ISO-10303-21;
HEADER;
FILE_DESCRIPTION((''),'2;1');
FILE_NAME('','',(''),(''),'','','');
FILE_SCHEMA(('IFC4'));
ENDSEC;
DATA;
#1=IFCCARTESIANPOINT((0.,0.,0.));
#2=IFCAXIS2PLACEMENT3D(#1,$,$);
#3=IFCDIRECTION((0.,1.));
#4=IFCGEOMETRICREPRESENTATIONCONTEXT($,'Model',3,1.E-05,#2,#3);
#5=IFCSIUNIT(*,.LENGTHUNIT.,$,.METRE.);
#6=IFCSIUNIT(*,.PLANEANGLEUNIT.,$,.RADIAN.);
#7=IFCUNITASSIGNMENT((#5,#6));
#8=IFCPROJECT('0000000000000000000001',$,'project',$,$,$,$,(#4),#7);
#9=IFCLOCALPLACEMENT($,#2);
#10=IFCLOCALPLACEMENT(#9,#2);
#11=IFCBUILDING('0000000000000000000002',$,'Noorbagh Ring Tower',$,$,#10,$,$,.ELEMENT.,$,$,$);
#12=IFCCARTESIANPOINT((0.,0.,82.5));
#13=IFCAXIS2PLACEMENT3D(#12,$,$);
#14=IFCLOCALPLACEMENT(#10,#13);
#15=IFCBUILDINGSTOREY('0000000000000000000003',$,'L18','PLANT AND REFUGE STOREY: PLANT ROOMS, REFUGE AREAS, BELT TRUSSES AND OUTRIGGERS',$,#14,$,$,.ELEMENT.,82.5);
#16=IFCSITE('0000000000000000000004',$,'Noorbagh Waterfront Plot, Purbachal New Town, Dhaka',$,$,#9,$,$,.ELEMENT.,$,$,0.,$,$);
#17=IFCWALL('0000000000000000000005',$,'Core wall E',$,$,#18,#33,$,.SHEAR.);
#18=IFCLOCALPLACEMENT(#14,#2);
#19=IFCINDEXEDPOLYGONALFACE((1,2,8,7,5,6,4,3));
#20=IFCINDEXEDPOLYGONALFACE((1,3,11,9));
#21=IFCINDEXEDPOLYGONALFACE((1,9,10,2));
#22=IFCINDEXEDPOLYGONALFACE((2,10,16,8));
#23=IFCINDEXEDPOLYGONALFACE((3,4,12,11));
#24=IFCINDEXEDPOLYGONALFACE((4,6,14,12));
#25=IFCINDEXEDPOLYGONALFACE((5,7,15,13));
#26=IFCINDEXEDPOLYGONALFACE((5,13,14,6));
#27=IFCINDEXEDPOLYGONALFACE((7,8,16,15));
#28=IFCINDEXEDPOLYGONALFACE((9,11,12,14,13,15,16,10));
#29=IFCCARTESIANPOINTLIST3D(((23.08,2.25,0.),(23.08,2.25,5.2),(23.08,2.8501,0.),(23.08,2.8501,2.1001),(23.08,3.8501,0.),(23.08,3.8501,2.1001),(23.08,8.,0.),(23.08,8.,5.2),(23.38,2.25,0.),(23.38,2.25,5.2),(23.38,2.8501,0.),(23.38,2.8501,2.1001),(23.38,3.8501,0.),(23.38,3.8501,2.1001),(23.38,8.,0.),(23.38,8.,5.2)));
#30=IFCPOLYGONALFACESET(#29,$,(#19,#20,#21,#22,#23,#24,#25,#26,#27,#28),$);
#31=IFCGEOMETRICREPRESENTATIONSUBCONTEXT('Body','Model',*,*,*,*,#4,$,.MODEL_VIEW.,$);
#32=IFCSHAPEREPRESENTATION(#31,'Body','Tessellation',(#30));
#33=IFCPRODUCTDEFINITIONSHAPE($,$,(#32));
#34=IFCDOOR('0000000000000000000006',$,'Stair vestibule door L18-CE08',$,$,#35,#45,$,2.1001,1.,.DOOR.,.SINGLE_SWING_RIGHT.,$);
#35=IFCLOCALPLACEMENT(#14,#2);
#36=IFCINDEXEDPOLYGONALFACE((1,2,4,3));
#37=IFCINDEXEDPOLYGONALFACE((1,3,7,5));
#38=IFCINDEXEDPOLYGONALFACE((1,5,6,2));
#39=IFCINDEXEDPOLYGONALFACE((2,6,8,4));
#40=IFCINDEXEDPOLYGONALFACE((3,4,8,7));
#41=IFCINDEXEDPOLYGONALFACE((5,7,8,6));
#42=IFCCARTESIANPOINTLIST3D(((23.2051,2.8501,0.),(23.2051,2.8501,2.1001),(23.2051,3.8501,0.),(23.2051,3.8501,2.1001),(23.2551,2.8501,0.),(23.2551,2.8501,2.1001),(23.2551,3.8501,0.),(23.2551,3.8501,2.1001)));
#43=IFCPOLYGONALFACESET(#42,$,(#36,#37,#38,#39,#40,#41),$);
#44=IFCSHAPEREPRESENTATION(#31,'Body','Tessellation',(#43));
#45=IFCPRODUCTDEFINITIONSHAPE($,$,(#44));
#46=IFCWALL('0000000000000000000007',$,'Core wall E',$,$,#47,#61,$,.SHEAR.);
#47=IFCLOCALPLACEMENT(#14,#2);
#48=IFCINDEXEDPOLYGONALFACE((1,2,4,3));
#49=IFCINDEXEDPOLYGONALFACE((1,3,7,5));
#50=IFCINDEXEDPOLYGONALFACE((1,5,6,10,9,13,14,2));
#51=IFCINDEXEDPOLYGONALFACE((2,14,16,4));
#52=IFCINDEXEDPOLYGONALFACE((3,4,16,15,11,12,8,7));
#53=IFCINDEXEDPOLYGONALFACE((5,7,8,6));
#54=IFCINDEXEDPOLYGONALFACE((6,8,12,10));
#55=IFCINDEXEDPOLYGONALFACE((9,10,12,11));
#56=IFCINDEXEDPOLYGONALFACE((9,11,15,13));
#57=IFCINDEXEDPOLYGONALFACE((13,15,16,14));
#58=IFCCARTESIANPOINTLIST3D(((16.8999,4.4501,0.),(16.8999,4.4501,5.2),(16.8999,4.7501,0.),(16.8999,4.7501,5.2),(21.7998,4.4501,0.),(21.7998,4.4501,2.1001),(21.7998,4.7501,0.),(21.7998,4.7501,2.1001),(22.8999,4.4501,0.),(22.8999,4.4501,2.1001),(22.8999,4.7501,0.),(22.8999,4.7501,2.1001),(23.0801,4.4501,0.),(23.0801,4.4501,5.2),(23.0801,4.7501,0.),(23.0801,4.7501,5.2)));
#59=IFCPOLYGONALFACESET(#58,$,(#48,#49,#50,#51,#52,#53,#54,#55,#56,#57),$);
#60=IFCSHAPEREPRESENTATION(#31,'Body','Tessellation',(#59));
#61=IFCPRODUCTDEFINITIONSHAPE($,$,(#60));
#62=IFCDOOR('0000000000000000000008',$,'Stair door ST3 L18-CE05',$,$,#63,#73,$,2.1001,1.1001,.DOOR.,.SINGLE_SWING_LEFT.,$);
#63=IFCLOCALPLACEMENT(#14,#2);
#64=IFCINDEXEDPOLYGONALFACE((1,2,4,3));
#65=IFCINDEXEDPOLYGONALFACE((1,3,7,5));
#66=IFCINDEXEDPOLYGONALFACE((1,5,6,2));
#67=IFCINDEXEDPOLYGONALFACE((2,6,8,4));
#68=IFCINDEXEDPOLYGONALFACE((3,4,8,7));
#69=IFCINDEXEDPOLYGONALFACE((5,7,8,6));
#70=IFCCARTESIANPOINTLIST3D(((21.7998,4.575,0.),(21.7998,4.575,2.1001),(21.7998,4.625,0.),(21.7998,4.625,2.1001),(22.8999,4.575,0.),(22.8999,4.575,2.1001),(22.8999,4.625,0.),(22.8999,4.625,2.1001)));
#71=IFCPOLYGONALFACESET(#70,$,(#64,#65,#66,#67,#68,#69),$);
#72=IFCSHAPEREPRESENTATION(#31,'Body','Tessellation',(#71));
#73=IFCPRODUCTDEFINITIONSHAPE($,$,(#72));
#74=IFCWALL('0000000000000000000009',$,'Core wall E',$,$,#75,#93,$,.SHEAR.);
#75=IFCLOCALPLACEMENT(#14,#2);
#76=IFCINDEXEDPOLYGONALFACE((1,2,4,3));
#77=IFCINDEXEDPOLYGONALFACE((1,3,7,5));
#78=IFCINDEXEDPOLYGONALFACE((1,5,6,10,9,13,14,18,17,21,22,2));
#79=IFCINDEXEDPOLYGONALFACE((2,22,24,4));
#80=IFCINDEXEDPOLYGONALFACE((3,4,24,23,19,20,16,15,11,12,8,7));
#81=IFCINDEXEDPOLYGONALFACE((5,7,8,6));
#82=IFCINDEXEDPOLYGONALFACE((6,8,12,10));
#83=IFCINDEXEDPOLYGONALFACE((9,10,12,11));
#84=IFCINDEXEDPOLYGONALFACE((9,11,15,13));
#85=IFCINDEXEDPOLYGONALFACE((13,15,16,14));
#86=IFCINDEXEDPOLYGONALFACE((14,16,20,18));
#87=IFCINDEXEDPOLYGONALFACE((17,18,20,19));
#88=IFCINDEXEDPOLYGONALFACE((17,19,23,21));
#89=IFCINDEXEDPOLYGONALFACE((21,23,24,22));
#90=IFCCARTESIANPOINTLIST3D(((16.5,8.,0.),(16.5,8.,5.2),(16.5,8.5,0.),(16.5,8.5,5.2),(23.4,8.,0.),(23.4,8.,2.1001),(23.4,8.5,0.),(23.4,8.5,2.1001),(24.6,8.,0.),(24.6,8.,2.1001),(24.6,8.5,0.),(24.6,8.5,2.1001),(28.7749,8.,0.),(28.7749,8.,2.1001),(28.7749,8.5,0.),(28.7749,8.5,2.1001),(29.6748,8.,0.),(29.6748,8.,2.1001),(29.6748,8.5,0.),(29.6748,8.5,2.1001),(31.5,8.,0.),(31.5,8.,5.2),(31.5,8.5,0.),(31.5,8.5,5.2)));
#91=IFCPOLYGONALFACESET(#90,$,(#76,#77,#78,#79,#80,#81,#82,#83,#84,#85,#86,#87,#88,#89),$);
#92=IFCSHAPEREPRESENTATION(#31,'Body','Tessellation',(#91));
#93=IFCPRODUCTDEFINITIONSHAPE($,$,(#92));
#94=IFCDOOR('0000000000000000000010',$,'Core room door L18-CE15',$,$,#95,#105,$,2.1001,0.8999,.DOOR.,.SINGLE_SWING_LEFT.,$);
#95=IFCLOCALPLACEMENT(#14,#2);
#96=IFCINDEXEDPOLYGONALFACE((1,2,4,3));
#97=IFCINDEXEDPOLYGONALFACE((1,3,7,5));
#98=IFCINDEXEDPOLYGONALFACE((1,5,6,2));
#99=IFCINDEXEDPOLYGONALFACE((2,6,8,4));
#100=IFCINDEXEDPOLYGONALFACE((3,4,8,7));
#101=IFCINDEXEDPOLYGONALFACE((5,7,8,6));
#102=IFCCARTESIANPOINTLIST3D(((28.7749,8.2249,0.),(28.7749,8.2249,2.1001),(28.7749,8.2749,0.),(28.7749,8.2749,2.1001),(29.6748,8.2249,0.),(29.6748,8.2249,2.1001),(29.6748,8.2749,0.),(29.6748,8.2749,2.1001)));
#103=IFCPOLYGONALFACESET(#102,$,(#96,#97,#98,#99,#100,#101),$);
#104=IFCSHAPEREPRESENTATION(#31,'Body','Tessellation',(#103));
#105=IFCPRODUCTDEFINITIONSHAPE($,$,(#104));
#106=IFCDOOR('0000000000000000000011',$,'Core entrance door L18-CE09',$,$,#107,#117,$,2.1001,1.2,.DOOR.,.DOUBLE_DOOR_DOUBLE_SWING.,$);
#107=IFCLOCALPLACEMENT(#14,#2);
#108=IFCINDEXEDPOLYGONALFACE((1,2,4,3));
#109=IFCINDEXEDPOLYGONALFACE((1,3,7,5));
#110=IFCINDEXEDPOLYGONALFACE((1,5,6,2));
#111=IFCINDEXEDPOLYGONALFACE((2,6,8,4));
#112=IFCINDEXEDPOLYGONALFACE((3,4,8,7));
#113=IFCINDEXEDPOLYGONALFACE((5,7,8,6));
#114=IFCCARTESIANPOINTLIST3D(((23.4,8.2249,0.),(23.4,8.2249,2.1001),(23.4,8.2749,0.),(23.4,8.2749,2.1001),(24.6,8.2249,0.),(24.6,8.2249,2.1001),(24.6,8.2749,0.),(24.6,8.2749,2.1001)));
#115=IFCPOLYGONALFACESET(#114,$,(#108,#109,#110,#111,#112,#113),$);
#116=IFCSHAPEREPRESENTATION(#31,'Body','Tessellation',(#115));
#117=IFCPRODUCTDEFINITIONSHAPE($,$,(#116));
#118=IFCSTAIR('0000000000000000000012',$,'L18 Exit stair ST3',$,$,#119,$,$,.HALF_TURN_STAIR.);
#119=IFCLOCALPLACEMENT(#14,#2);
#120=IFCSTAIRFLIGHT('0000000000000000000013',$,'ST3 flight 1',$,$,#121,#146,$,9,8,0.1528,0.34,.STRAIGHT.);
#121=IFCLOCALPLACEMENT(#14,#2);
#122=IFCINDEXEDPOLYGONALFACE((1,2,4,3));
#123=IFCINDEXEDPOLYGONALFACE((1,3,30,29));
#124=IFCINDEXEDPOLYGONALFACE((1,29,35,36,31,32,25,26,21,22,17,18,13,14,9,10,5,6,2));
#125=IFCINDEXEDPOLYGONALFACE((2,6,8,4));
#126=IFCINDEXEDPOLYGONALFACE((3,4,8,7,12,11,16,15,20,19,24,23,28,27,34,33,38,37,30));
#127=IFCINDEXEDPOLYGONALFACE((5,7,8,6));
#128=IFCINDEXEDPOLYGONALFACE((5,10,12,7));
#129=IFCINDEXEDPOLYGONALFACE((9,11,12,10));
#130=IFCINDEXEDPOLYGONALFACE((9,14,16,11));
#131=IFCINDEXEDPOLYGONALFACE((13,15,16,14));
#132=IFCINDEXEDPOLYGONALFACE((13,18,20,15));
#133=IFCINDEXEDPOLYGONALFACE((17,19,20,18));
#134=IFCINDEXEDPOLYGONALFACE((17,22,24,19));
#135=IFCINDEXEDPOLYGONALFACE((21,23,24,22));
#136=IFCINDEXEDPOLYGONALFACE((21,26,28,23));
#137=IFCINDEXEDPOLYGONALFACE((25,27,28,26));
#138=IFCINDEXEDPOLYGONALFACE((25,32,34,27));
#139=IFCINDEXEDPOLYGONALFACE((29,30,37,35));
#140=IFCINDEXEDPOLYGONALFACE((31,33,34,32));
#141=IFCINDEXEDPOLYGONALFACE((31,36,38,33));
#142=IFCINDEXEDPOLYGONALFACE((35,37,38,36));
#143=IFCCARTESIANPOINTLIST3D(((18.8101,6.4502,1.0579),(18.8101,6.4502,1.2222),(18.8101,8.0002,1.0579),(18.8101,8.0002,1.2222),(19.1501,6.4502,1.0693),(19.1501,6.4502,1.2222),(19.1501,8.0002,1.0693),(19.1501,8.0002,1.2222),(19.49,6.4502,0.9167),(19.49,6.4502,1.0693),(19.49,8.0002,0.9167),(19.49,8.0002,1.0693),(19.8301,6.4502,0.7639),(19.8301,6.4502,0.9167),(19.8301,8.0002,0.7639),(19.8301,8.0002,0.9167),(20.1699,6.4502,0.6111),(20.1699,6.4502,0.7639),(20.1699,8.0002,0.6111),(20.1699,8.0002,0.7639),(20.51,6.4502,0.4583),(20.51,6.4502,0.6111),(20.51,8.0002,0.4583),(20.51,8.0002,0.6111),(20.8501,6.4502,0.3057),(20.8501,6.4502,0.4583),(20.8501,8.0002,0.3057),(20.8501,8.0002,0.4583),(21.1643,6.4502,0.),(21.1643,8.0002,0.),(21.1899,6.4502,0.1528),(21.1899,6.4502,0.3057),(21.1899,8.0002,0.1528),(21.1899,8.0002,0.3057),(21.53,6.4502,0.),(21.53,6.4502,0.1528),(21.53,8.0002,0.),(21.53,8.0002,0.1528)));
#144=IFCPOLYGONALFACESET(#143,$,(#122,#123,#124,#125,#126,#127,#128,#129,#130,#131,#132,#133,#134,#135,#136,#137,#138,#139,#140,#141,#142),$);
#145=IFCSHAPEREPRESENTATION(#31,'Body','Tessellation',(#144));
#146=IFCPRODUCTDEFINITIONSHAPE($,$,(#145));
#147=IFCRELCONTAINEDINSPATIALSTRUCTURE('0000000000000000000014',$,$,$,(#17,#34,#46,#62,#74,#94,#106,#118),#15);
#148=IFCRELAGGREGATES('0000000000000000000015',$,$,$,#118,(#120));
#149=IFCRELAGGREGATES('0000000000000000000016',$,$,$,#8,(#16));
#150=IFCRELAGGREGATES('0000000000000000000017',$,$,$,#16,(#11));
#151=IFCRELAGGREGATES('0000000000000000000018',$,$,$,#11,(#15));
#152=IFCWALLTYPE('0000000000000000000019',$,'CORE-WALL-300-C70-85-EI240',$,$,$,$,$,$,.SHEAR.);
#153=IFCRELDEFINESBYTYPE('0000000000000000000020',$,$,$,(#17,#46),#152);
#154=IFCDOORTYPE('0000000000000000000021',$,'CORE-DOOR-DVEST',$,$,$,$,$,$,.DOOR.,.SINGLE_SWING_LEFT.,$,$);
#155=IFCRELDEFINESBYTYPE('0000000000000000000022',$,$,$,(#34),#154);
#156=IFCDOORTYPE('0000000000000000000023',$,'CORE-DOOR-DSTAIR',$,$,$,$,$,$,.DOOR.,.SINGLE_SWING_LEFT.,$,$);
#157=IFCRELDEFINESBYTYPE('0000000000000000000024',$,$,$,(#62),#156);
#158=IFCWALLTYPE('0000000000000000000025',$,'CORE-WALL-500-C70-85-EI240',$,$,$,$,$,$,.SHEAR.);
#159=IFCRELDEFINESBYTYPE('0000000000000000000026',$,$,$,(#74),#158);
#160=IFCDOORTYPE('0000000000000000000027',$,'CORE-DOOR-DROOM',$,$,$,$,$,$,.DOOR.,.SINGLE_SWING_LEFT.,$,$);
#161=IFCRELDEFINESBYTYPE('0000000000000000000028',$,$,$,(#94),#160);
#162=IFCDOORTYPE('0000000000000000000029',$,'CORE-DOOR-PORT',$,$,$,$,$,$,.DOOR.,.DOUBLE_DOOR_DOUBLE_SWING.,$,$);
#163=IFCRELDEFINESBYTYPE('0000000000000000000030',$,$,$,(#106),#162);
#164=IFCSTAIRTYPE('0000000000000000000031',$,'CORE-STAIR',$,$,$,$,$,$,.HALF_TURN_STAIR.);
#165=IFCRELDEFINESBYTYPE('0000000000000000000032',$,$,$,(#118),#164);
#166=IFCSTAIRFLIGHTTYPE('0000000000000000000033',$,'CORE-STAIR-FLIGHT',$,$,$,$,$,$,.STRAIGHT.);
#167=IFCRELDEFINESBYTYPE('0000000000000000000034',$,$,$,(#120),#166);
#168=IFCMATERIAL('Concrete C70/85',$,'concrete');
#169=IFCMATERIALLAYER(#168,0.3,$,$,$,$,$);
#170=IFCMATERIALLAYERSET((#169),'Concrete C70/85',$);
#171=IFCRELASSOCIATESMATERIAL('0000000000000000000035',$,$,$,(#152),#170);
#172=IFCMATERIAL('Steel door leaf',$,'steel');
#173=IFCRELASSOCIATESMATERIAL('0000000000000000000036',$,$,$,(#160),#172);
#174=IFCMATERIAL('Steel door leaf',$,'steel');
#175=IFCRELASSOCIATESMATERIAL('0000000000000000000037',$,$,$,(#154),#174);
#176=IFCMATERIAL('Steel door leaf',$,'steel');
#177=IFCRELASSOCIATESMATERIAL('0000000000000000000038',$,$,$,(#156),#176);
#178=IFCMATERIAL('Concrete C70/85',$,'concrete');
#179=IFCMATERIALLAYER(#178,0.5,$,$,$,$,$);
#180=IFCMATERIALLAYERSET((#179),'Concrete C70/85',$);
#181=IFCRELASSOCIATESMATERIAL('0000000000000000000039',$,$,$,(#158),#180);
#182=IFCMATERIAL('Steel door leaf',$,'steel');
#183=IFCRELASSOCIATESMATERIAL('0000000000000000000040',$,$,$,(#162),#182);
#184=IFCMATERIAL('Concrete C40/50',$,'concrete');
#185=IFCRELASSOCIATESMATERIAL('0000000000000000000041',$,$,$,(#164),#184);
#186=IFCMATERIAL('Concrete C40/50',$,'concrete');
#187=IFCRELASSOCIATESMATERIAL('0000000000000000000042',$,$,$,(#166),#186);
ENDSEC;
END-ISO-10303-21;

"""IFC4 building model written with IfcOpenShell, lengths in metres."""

from ifc_helpers import new_model, si_unit, direction, frame, frame_2d, origin, place, context, subcontext, project, spatial, polyline, rectangle, outline, extrude, material, layer, layer_set, type_object, element, fill, aggregate, save


model = new_model("IFC4")

# Units and contexts
model_context = context("Model", 3, precision=1e-05, world=origin(), true_north=direction((0.0, 1.0)))
body_context = subcontext(model_context, "Body", "Model", "MODEL_VIEW")
ifc_project = project(units=[si_unit("LENGTHUNIT", "METRE"), si_unit("PLANEANGLEUNIT", "RADIAN")], contexts=[model_context])

# Site, building, storey
site_placement = place(None, origin())
site = spatial("IfcSite", under=ifc_project, at=site_placement, Name="Noorbagh Waterfront Plot, Purbachal New Town, Dhaka", CompositionType="ELEMENT", RefElevation=0.0)
building_placement = place(site_placement, origin())
building = spatial("IfcBuilding", under=site, at=building_placement, Name="Noorbagh Ring Tower", CompositionType="ELEMENT")
storey_placement = place(building_placement, frame((0.0, 0.0, 82.5)))
storey = spatial("IfcBuildingStorey", under=building, at=storey_placement, Name="L18", Description="PLANT AND REFUGE STOREY: PLANT ROOMS, REFUGE AREAS, BELT TRUSSES AND OUTRIGGERS", CompositionType="ELEMENT", Elevation=82.5)

# Walls, openings, doors
ifc_material_1 = material(Name="Concrete C70/85", Category="concrete")
ifc_layer_1 = layer(ifc_material_1, 0.3)
ifc_layer_set_1 = layer_set([ifc_layer_1], Name="Concrete C70/85")
wall_type_1 = type_object("IfcWallType", Name="CORE-WALL-300-C70-85-EI240", PredefinedType="SHEAR", material=ifc_layer_set_1)
ifc_material_2 = material(Name="Steel door leaf", Category="steel")
door_type_1 = type_object("IfcDoorType", Name="CORE-DOOR-DROOM", OperationType="SINGLE_SWING_LEFT", PredefinedType="DOOR", material=ifc_material_2)
wall_1_placement = place(storey_placement, frame((23.23, 2.25, 0.0), z_axis=(0.0, 0.0, 1.0), x_axis=(0.0, 1.0, 0.0)))
wall_1 = element("IfcWall", 1, at=wall_1_placement, inside=storey, type_object=wall_type_1, Name="Core wall E", PredefinedType="SHEAR", context=body_context, shape_type="SweptSolid", body=[
    extrude(rectangle(XDim=5.75, YDim=0.3, at=frame_2d((2.875, 0.0))), origin(), (0.0, 0.0, 1.0), 5.2),
])
opening_1_placement = place(wall_1_placement, frame((0.6001, 0.0, 0.0)))
opening_1 = element("IfcOpeningElement", 2, at=opening_1_placement, cuts=wall_1, PredefinedType="OPENING", context=body_context, shape_type="SweptSolid", body=[
    extrude(rectangle(XDim=1.0, YDim=2.1001, at=frame_2d((0.5, 1.05))), frame((0.0, 0.1602, 0.0), z_axis=(0.0, -1.0, 0.0), x_axis=(1.0, 0.0, 0.0)), (0.0, 0.0, 1.0), 0.3201),
])
ifc_material_3 = material(Name="Steel door leaf", Category="steel")
door_type_2 = type_object("IfcDoorType", Name="CORE-DOOR-DVEST", OperationType="SINGLE_SWING_LEFT", PredefinedType="DOOR", material=ifc_material_3)
door_1_placement = place(opening_1_placement, origin())
door_1 = element("IfcDoor", 3, at=door_1_placement, inside=storey, type_object=door_type_2, Name="Stair vestibule door L18-CE08", OperationType="SINGLE_SWING_RIGHT", OverallHeight=2.1001, OverallWidth=1.0, PredefinedType="DOOR", context=body_context, shape_type="SweptSolid", body=[
    extrude(rectangle(XDim=1.0, YDim=2.1001, at=frame_2d((0.5, 1.05))), frame((0.0, 0.0249, 0.0), z_axis=(0.0, -1.0, 0.0), x_axis=(1.0, 0.0, 0.0)), (0.0, 0.0, 1.0), 0.05),
])
fill(opening_1, door_1)
wall_2_placement = place(storey_placement, frame((16.8999, 4.6001, 0.0), z_axis=(0.0, 0.0, 1.0), x_axis=(1.0, 0.0, 0.0)))
wall_2 = element("IfcWall", 4, at=wall_2_placement, inside=storey, type_object=wall_type_1, Name="Core wall E", PredefinedType="SHEAR", context=body_context, shape_type="SweptSolid", body=[
    extrude(rectangle(XDim=6.1802, YDim=0.3, at=frame_2d((3.0901, 0.0))), origin(), (0.0, 0.0, 1.0), 5.2),
])
opening_2_placement = place(wall_2_placement, frame((4.8999, 0.0, 0.0)))
opening_2 = element("IfcOpeningElement", 5, at=opening_2_placement, cuts=wall_2, PredefinedType="OPENING", context=body_context, shape_type="SweptSolid", body=[
    extrude(rectangle(XDim=1.1001, YDim=2.1001, at=frame_2d((0.55, 1.05))), frame((0.0, 0.1602, 0.0), z_axis=(0.0, -1.0, 0.0), x_axis=(1.0, 0.0, 0.0)), (0.0, 0.0, 1.0), 0.3201),
])
ifc_material_4 = material(Name="Steel door leaf", Category="steel")
door_type_3 = type_object("IfcDoorType", Name="CORE-DOOR-DSTAIR", OperationType="SINGLE_SWING_LEFT", PredefinedType="DOOR", material=ifc_material_4)
door_2_placement = place(opening_2_placement, origin())
door_2 = element("IfcDoor", 6, at=door_2_placement, inside=storey, type_object=door_type_3, Name="Stair door ST3 L18-CE05", OperationType="SINGLE_SWING_LEFT", OverallHeight=2.1001, OverallWidth=1.1001, PredefinedType="DOOR", context=body_context, shape_type="SweptSolid", body=[
    extrude(rectangle(XDim=1.1001, YDim=2.1001, at=frame_2d((0.55, 1.05))), frame((0.0, 0.0249, 0.0), z_axis=(0.0, -1.0, 0.0), x_axis=(1.0, 0.0, 0.0)), (0.0, 0.0, 1.0), 0.05),
])
fill(opening_2, door_2)

# Wall, openings, doors
ifc_material_5 = material(Name="Concrete C70/85", Category="concrete")
ifc_layer_2 = layer(ifc_material_5, 0.5)
ifc_layer_set_2 = layer_set([ifc_layer_2], Name="Concrete C70/85")
wall_type_2 = type_object("IfcWallType", Name="CORE-WALL-500-C70-85-EI240", PredefinedType="SHEAR", material=ifc_layer_set_2)
wall_3_placement = place(storey_placement, frame((16.5, 8.25, 0.0), z_axis=(0.0, 0.0, 1.0), x_axis=(1.0, 0.0, 0.0)))
wall_3 = element("IfcWall", 7, at=wall_3_placement, inside=storey, type_object=wall_type_2, Name="Core wall E", PredefinedType="SHEAR", context=body_context, shape_type="SweptSolid", body=[
    extrude(rectangle(XDim=15.0, YDim=0.5, at=frame_2d((7.5, 0.0))), origin(), (0.0, 0.0, 1.0), 5.2),
])
opening_3_placement = place(wall_3_placement, frame((6.8999, 0.0, 0.0)))
opening_3 = element("IfcOpeningElement", 8, at=opening_3_placement, cuts=wall_3, PredefinedType="OPENING", context=body_context, shape_type="SweptSolid", body=[
    extrude(rectangle(XDim=1.2, YDim=2.1001, at=frame_2d((0.6001, 1.05))), frame((0.0, 0.26, 0.0), z_axis=(0.0, -1.0, 0.0), x_axis=(1.0, 0.0, 0.0)), (0.0, 0.0, 1.0), 0.52),
])
opening_4_placement = place(wall_3_placement, frame((12.2749, 0.0, 0.0)))
opening_4 = element("IfcOpeningElement", 9, at=opening_4_placement, cuts=wall_3, PredefinedType="OPENING", context=body_context, shape_type="SweptSolid", body=[
    extrude(rectangle(XDim=0.8999, YDim=2.1001, at=frame_2d((0.45, 1.05))), frame((0.0, 0.26, 0.0), z_axis=(0.0, -1.0, 0.0), x_axis=(1.0, 0.0, 0.0)), (0.0, 0.0, 1.0), 0.52),
])
door_3_placement = place(opening_4_placement, origin())
door_3 = element("IfcDoor", 10, at=door_3_placement, inside=storey, type_object=door_type_1, Name="Core room door L18-CE15", OperationType="SINGLE_SWING_LEFT", OverallHeight=2.1001, OverallWidth=0.8999, PredefinedType="DOOR", context=body_context, shape_type="SweptSolid", body=[
    extrude(rectangle(XDim=0.8999, YDim=2.1001, at=frame_2d((0.45, 1.05))), frame((0.0, 0.0249, 0.0), z_axis=(0.0, -1.0, 0.0), x_axis=(1.0, 0.0, 0.0)), (0.0, 0.0, 1.0), 0.05),
])
fill(opening_4, door_3)
ifc_material_6 = material(Name="Steel door leaf", Category="steel")
door_type_4 = type_object("IfcDoorType", Name="CORE-DOOR-PORT", OperationType="DOUBLE_DOOR_DOUBLE_SWING", PredefinedType="DOOR", material=ifc_material_6)
door_4_placement = place(opening_3_placement, origin())
door_4 = element("IfcDoor", 11, at=door_4_placement, inside=storey, type_object=door_type_4, Name="Core entrance door L18-CE09", OperationType="DOUBLE_DOOR_DOUBLE_SWING", OverallHeight=2.1001, OverallWidth=1.2, PredefinedType="DOOR", context=body_context, shape_type="SweptSolid", body=[
    extrude(rectangle(XDim=1.2, YDim=2.1001, at=frame_2d((0.6001, 1.05))), frame((0.0, 0.0249, 0.0), z_axis=(0.0, -1.0, 0.0), x_axis=(1.0, 0.0, 0.0)), (0.0, 0.0, 1.0), 0.05),
])
fill(opening_3, door_4)

# Stair, stair flight
ifc_material_7 = material(Name="Concrete C40/50", Category="concrete")
stair_type = type_object("IfcStairType", Name="CORE-STAIR", PredefinedType="HALF_TURN_STAIR", material=ifc_material_7)
stair_placement = place(storey_placement, origin())
stair = element("IfcStair", 12, at=stair_placement, inside=storey, type_object=stair_type, Name="L18 Exit stair ST3", PredefinedType="HALF_TURN_STAIR")
ifc_material_8 = material(Name="Concrete C40/50", Category="concrete")
stair_flight_type = type_object("IfcStairFlightType", Name="CORE-STAIR-FLIGHT", PredefinedType="STRAIGHT", material=ifc_material_8)
stair_flight_1_placement = place(storey_placement, frame((21.53, 7.2251, 0.0), z_axis=(0.0, 0.0, 1.0), x_axis=(-1.0, 0.0, 0.0)))
stair_flight_1 = element("IfcStairFlight", 13, at=stair_flight_1_placement, type_object=stair_flight_type, Name="ST3 flight 1", NumberOfRisers=9, NumberOfTreads=8, PredefinedType="STRAIGHT", RiserHeight=0.1528, TreadLength=0.34, context=body_context, shape_type="SweptSolid", body=[
    extrude(outline(polyline([(0.0, 0.0), (0.0, 0.1528), (0.3401, 0.1528), (0.3401, 0.3057), (0.6799, 0.3057), (0.6799, 0.4583), (1.02, 0.4583), (1.02, 0.6111), (1.3601, 0.6111), (1.3601, 0.7639), (1.7, 0.7639), (1.7, 0.9167), (2.04, 0.9167), (2.04, 1.0693), (2.3799, 1.0693), (2.3799, 1.2222), (2.72, 1.2222), (2.72, 1.375), (2.72, 1.0579), (0.3657, 0.0), (0.0, 0.0)])), frame((0.0, 0.7749, 0.0), z_axis=(0.0, -1.0, 0.0), x_axis=(1.0, 0.0, 0.0)), (0.0, 0.0, 1.0), 1.55),
])
aggregate(stair, [stair_flight_1])

save(model, "model.ifc")
